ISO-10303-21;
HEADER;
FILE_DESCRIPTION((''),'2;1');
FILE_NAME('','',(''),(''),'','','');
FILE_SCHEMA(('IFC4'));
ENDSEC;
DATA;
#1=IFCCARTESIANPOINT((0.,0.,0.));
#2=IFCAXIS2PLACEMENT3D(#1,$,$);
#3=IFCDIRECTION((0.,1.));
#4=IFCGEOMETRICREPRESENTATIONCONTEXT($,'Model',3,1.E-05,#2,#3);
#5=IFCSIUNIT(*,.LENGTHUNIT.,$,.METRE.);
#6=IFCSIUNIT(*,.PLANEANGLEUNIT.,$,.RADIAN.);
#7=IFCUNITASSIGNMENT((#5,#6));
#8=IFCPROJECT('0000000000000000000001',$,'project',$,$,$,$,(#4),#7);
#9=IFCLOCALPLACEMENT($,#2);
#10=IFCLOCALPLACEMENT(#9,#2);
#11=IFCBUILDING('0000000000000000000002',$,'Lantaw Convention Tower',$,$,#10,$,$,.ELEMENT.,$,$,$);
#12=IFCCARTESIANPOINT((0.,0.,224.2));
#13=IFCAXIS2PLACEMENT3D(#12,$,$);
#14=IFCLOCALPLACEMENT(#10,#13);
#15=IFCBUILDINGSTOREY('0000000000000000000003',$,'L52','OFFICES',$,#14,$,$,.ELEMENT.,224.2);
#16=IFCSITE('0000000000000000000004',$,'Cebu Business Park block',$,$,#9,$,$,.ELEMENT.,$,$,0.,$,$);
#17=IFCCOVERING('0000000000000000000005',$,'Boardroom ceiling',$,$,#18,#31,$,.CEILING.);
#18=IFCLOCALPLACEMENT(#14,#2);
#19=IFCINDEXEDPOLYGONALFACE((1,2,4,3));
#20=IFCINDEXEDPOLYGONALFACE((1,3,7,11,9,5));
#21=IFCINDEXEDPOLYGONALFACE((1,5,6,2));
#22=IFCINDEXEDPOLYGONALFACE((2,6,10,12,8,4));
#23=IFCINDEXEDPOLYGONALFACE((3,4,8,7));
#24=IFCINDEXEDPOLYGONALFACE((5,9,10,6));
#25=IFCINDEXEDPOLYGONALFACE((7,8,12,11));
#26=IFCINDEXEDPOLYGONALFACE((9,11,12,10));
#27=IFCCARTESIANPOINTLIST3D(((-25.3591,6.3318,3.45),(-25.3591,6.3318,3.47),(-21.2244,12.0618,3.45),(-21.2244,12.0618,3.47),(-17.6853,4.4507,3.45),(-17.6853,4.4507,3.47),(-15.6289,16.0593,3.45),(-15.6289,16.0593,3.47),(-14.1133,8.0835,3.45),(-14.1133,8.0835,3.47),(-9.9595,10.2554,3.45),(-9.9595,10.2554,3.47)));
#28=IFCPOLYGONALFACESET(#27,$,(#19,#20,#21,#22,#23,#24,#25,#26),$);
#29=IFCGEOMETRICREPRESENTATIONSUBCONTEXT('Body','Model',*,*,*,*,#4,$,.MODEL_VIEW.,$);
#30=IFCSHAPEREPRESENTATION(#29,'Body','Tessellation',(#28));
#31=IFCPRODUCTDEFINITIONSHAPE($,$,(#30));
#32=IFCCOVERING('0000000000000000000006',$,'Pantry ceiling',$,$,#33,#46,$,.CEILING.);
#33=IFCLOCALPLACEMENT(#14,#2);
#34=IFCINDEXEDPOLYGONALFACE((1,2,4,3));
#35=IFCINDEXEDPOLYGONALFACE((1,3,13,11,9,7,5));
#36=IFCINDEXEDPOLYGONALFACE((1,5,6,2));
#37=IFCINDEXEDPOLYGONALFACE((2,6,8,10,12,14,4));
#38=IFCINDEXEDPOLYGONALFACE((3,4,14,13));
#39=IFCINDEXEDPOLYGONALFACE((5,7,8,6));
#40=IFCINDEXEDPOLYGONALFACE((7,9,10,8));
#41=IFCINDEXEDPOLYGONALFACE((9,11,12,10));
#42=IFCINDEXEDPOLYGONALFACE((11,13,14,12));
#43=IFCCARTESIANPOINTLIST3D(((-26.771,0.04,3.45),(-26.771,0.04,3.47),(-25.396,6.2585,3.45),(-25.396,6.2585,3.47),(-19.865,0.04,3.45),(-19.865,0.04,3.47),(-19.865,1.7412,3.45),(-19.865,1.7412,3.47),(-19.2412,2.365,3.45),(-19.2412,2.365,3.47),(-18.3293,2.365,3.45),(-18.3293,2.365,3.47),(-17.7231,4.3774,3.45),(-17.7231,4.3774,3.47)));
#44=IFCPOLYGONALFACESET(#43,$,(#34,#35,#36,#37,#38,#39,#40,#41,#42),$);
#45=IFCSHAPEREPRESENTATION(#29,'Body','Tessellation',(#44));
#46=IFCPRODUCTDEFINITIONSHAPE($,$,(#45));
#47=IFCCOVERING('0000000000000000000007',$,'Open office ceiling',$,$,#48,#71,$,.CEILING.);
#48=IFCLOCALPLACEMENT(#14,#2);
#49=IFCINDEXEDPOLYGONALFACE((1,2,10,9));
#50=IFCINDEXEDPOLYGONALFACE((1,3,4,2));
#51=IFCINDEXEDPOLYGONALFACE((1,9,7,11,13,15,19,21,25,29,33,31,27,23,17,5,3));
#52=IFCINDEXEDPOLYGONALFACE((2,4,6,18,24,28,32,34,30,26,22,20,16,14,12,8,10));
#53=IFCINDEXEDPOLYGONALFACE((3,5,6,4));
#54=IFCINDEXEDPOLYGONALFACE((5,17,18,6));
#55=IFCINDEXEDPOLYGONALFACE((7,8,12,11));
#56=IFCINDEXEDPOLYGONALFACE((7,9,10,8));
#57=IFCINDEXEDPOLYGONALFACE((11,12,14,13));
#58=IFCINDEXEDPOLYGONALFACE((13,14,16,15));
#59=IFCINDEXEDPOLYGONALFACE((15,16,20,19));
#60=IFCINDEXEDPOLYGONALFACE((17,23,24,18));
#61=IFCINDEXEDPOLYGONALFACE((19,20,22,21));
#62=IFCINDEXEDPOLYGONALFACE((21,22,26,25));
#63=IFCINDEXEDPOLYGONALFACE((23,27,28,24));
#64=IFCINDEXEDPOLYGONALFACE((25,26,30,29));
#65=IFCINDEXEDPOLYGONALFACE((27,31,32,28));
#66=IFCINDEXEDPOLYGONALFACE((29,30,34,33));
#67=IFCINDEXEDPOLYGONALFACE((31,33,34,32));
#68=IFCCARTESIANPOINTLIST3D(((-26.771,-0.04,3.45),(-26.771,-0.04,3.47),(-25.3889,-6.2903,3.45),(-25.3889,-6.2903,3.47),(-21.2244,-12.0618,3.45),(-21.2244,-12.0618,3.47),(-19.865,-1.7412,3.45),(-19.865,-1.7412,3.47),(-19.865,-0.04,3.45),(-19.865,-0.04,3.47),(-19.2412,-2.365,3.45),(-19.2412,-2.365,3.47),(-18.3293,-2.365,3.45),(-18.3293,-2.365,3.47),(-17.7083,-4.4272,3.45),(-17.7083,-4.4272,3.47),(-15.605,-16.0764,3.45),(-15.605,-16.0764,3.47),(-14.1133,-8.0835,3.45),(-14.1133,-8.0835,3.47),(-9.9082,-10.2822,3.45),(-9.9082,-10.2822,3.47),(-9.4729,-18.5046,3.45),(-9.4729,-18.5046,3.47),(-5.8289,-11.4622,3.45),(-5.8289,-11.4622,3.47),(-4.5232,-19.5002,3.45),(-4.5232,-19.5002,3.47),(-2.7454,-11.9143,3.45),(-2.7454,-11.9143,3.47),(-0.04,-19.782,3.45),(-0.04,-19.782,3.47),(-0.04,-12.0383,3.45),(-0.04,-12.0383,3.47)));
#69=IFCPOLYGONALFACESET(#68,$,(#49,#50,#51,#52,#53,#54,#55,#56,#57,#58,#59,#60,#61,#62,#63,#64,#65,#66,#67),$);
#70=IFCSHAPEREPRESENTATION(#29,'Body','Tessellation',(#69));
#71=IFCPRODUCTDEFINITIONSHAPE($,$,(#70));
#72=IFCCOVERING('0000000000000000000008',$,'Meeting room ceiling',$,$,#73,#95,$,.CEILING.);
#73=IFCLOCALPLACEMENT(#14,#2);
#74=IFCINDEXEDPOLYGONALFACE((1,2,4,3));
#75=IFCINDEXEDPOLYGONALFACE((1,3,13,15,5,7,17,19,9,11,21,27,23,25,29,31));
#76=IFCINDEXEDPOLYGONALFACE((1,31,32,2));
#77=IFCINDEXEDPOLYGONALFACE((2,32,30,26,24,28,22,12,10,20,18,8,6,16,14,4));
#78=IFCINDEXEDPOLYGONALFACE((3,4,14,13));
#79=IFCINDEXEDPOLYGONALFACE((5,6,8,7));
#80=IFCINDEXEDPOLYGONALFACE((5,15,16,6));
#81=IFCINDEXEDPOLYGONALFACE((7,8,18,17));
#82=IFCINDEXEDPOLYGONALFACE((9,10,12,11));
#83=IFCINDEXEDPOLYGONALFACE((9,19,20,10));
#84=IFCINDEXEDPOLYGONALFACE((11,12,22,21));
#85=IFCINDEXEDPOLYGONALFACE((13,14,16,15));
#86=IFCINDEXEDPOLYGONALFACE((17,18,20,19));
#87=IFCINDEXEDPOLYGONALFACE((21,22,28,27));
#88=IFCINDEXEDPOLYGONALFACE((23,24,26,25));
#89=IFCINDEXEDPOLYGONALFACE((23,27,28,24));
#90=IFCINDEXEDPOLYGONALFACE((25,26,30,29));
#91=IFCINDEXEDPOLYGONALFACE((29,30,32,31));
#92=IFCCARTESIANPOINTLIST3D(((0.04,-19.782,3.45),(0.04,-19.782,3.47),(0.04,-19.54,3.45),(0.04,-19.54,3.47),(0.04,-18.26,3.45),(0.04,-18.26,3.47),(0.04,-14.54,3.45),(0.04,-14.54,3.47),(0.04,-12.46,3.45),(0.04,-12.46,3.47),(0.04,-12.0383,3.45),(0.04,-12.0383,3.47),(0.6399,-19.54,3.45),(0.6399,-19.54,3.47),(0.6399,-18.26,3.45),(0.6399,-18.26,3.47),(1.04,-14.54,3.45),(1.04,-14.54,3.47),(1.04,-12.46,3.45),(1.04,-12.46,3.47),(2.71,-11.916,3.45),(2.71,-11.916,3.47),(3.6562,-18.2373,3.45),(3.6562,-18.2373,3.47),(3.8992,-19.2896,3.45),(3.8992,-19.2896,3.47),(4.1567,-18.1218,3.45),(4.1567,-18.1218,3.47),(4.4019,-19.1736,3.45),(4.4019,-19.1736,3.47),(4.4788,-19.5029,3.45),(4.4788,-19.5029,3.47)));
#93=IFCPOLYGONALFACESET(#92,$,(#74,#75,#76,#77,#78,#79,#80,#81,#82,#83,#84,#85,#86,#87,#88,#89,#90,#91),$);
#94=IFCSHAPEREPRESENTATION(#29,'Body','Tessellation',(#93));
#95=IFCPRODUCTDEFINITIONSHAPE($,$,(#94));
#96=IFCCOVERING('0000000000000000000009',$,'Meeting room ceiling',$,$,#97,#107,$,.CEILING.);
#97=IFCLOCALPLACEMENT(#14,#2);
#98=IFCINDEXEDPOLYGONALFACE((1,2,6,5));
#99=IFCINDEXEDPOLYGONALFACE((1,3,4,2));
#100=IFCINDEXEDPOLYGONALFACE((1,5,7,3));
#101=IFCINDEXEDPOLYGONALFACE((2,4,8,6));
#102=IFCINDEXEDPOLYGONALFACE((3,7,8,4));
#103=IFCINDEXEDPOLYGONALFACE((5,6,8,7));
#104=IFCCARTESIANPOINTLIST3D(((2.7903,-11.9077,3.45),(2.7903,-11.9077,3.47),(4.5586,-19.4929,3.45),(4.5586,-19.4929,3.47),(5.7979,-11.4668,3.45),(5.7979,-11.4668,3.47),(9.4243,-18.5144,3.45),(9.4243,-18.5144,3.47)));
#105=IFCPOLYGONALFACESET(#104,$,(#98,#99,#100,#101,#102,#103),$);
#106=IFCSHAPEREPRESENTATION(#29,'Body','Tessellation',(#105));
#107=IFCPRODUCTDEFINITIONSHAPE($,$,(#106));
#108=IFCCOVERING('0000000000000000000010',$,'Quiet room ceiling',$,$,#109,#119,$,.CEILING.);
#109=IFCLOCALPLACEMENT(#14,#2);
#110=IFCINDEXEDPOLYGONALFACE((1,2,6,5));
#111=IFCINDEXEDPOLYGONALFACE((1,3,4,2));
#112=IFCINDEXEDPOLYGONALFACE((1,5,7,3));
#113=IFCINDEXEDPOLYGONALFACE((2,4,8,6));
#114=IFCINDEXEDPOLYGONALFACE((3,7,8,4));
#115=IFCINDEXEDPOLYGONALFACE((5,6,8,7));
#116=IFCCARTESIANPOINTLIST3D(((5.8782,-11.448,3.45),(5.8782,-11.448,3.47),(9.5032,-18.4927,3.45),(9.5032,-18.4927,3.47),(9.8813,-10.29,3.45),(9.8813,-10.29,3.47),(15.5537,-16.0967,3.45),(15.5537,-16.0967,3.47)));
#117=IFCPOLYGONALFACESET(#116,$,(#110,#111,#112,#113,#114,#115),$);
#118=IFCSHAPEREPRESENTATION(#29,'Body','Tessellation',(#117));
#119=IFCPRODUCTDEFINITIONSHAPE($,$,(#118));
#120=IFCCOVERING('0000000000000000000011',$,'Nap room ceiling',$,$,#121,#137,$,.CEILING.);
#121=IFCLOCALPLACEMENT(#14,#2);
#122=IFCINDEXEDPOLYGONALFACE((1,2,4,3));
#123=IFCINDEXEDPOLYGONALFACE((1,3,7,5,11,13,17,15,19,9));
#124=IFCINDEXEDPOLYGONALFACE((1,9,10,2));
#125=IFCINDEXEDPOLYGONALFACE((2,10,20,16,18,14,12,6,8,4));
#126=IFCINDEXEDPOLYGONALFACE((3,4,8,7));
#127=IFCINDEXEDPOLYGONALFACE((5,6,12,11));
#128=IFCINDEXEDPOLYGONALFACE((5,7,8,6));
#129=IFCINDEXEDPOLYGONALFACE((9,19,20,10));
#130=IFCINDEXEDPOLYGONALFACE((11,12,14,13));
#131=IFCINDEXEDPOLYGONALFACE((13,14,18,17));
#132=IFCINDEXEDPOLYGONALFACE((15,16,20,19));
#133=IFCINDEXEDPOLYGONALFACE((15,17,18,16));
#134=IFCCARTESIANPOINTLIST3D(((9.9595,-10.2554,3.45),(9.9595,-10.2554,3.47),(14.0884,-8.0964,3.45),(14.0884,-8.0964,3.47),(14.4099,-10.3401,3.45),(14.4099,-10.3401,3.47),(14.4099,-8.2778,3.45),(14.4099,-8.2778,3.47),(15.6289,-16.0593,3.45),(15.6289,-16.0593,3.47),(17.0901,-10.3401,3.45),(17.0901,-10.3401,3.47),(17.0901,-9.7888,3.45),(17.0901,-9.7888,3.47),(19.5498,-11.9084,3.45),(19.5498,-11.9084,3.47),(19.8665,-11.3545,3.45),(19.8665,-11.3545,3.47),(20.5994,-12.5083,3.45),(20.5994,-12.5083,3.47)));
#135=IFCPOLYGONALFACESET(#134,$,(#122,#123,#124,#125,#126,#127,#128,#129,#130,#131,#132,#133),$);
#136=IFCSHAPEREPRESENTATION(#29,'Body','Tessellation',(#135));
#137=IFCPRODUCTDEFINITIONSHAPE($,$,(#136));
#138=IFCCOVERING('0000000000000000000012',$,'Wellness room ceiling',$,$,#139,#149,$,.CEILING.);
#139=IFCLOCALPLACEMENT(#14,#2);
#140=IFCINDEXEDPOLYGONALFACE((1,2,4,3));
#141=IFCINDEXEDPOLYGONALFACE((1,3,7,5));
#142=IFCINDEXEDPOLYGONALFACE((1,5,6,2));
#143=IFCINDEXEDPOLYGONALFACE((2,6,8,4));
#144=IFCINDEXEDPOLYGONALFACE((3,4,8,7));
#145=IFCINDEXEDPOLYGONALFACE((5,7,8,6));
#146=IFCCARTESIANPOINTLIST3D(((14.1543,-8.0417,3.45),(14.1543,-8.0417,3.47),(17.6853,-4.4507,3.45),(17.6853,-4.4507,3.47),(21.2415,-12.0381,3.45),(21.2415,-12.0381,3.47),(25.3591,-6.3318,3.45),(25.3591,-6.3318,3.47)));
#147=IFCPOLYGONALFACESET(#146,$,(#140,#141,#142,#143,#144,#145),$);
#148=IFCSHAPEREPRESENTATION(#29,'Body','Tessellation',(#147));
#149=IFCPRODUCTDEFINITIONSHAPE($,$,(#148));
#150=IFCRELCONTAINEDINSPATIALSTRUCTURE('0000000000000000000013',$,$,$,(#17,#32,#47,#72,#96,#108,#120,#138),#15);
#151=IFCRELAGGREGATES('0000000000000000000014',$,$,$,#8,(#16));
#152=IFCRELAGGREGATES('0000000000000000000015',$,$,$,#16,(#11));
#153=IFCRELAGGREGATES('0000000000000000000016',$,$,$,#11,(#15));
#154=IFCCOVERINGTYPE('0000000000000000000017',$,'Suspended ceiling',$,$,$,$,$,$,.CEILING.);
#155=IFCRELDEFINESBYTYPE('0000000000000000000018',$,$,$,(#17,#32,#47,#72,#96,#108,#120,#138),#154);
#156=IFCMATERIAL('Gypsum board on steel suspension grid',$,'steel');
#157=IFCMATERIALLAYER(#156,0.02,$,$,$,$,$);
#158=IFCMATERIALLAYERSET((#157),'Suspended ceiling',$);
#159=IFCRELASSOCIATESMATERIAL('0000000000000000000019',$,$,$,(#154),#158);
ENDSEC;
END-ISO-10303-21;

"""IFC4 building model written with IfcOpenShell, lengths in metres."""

from ifc_helpers import new_model, si_unit, direction, frame, origin, place, context, subcontext, project, spatial, polyline, outline, extrude, material, layer, layer_set, type_object, element, save


model = new_model("IFC4")

# Units and contexts
model_context = context("Model", 3, precision=1e-05, world=origin(), true_north=direction((0.0, 1.0)))
body_context = subcontext(model_context, "Body", "Model", "MODEL_VIEW")
ifc_project = project(units=[si_unit("LENGTHUNIT", "METRE"), si_unit("PLANEANGLEUNIT", "RADIAN")], contexts=[model_context])

# Site, building, storey
site_placement = place(None, origin())
site = spatial("IfcSite", under=ifc_project, at=site_placement, Name="Cebu Business Park block", CompositionType="ELEMENT", RefElevation=0.0)
building_placement = place(site_placement, origin())
building = spatial("IfcBuilding", under=site, at=building_placement, Name="Lantaw Convention Tower", CompositionType="ELEMENT")
storey_placement = place(building_placement, frame((0.0, 0.0, 224.2)))
storey = spatial("IfcBuildingStorey", under=building, at=storey_placement, Name="L52", Description="OFFICES", CompositionType="ELEMENT", Elevation=224.2)

# Coverings
ifc_material_1 = material(Name="Gypsum board on steel suspension grid", Category="steel")
ifc_layer_1 = layer(ifc_material_1, 0.02)
ifc_layer_set_1 = layer_set([ifc_layer_1], Name="Suspended ceiling")
covering_type = type_object("IfcCoveringType", Name="Suspended ceiling", PredefinedType="CEILING", material=ifc_layer_set_1)
covering_1_placement = place(storey_placement, frame((0.0, 0.0, 3.45)))
element("IfcCovering", 1, at=covering_1_placement, inside=storey, type_object=covering_type, Name="Boardroom ceiling", PredefinedType="CEILING", context=body_context, shape_type="SweptSolid", body=[
    extrude(outline(polyline([(-9.9595, 10.2554), (-15.6289, 16.0593), (-21.2244, 12.0618), (-25.3591, 6.3318), (-17.6853, 4.4507), (-14.1133, 8.0835), (-9.9595, 10.2554)])), origin(), (0.0, 0.0, 1.0), 0.02),
])
covering_2_placement = place(storey_placement, frame((0.0, 0.0, 3.45)))
element("IfcCovering", 2, at=covering_2_placement, inside=storey, type_object=covering_type, Name="Pantry ceiling", PredefinedType="CEILING", context=body_context, shape_type="SweptSolid", body=[
    extrude(outline(polyline([(-18.3293, 2.365), (-17.7231, 4.3774), (-25.396, 6.2585), (-26.771, 0.04), (-19.865, 0.04), (-19.865, 1.7412), (-19.2412, 2.365), (-18.3293, 2.365)])), origin(), (0.0, 0.0, 1.0), 0.02),
])
covering_3_placement = place(storey_placement, frame((0.0, 0.0, 3.45)))
element("IfcCovering", 3, at=covering_3_placement, inside=storey, type_object=covering_type, Name="Open office ceiling", PredefinedType="CEILING", context=body_context, shape_type="SweptSolid", body=[
    extrude(outline(polyline([(-17.7083, -4.4272), (-18.3293, -2.365), (-19.2412, -2.365), (-19.865, -1.7412), (-19.865, -0.04), (-26.771, -0.04), (-25.3889, -6.2903), (-21.2244, -12.0618), (-15.605, -16.0764), (-9.4729, -18.5046), (-4.5232, -19.5002), (-0.04, -19.782), (-0.04, -12.0383), (-2.7454, -11.9143), (-5.8289, -11.4622), (-9.9082, -10.2822), (-14.1133, -8.0835), (-17.7083, -4.4272)])), origin(), (0.0, 0.0, 1.0), 0.02),
])
covering_4_placement = place(storey_placement, frame((0.0, 0.0, 3.45)))
element("IfcCovering", 4, at=covering_4_placement, inside=storey, type_object=covering_type, Name="Meeting room ceiling", PredefinedType="CEILING", context=body_context, shape_type="SweptSolid", body=[
    extrude(outline(polyline([(2.71, -11.916), (0.04, -12.0383), (0.04, -12.46), (1.04, -12.46), (1.04, -14.54), (0.04, -14.54), (0.04, -18.26), (0.6399, -18.26), (0.6399, -19.54), (0.04, -19.54), (0.04, -19.782), (4.4788, -19.5029), (4.4019, -19.1736), (3.8992, -19.2896), (3.6562, -18.2373), (4.1567, -18.1218), (2.71, -11.916)])), origin(), (0.0, 0.0, 1.0), 0.02),
])
covering_5_placement = place(storey_placement, frame((0.0, 0.0, 3.45)))
element("IfcCovering", 5, at=covering_5_placement, inside=storey, type_object=covering_type, Name="Meeting room ceiling", PredefinedType="CEILING", context=body_context, shape_type="SweptSolid", body=[
    extrude(outline(polyline([(2.7903, -11.9077), (4.5586, -19.4929), (9.4243, -18.5144), (5.7979, -11.4668), (2.7903, -11.9077)])), origin(), (0.0, 0.0, 1.0), 0.02),
])
covering_6_placement = place(storey_placement, frame((0.0, 0.0, 3.45)))
element("IfcCovering", 6, at=covering_6_placement, inside=storey, type_object=covering_type, Name="Quiet room ceiling", PredefinedType="CEILING", context=body_context, shape_type="SweptSolid", body=[
    extrude(outline(polyline([(5.8782, -11.448), (9.5032, -18.4927), (15.5537, -16.0967), (9.8813, -10.29), (5.8782, -11.448)])), origin(), (0.0, 0.0, 1.0), 0.02),
])
covering_7_placement = place(storey_placement, frame((0.0, 0.0, 3.45)))
element("IfcCovering", 7, at=covering_7_placement, inside=storey, type_object=covering_type, Name="Nap room ceiling", PredefinedType="CEILING", context=body_context, shape_type="SweptSolid", body=[
    extrude(outline(polyline([(14.0884, -8.0964), (9.9595, -10.2554), (15.6289, -16.0593), (20.5994, -12.5083), (19.5498, -11.9084), (19.8665, -11.3545), (17.0901, -9.7888), (17.0901, -10.3401), (14.4099, -10.3401), (14.4099, -8.2778), (14.0884, -8.0964)])), origin(), (0.0, 0.0, 1.0), 0.02),
])
covering_8_placement = place(storey_placement, frame((0.0, 0.0, 3.45)))
element("IfcCovering", 8, at=covering_8_placement, inside=storey, type_object=covering_type, Name="Wellness room ceiling", PredefinedType="CEILING", context=body_context, shape_type="SweptSolid", body=[
    extrude(outline(polyline([(14.1543, -8.0417), (21.2415, -12.0381), (25.3591, -6.3318), (17.6853, -4.4507), (14.1543, -8.0417)])), origin(), (0.0, 0.0, 1.0), 0.02),
])

save(model, "model.ifc")
